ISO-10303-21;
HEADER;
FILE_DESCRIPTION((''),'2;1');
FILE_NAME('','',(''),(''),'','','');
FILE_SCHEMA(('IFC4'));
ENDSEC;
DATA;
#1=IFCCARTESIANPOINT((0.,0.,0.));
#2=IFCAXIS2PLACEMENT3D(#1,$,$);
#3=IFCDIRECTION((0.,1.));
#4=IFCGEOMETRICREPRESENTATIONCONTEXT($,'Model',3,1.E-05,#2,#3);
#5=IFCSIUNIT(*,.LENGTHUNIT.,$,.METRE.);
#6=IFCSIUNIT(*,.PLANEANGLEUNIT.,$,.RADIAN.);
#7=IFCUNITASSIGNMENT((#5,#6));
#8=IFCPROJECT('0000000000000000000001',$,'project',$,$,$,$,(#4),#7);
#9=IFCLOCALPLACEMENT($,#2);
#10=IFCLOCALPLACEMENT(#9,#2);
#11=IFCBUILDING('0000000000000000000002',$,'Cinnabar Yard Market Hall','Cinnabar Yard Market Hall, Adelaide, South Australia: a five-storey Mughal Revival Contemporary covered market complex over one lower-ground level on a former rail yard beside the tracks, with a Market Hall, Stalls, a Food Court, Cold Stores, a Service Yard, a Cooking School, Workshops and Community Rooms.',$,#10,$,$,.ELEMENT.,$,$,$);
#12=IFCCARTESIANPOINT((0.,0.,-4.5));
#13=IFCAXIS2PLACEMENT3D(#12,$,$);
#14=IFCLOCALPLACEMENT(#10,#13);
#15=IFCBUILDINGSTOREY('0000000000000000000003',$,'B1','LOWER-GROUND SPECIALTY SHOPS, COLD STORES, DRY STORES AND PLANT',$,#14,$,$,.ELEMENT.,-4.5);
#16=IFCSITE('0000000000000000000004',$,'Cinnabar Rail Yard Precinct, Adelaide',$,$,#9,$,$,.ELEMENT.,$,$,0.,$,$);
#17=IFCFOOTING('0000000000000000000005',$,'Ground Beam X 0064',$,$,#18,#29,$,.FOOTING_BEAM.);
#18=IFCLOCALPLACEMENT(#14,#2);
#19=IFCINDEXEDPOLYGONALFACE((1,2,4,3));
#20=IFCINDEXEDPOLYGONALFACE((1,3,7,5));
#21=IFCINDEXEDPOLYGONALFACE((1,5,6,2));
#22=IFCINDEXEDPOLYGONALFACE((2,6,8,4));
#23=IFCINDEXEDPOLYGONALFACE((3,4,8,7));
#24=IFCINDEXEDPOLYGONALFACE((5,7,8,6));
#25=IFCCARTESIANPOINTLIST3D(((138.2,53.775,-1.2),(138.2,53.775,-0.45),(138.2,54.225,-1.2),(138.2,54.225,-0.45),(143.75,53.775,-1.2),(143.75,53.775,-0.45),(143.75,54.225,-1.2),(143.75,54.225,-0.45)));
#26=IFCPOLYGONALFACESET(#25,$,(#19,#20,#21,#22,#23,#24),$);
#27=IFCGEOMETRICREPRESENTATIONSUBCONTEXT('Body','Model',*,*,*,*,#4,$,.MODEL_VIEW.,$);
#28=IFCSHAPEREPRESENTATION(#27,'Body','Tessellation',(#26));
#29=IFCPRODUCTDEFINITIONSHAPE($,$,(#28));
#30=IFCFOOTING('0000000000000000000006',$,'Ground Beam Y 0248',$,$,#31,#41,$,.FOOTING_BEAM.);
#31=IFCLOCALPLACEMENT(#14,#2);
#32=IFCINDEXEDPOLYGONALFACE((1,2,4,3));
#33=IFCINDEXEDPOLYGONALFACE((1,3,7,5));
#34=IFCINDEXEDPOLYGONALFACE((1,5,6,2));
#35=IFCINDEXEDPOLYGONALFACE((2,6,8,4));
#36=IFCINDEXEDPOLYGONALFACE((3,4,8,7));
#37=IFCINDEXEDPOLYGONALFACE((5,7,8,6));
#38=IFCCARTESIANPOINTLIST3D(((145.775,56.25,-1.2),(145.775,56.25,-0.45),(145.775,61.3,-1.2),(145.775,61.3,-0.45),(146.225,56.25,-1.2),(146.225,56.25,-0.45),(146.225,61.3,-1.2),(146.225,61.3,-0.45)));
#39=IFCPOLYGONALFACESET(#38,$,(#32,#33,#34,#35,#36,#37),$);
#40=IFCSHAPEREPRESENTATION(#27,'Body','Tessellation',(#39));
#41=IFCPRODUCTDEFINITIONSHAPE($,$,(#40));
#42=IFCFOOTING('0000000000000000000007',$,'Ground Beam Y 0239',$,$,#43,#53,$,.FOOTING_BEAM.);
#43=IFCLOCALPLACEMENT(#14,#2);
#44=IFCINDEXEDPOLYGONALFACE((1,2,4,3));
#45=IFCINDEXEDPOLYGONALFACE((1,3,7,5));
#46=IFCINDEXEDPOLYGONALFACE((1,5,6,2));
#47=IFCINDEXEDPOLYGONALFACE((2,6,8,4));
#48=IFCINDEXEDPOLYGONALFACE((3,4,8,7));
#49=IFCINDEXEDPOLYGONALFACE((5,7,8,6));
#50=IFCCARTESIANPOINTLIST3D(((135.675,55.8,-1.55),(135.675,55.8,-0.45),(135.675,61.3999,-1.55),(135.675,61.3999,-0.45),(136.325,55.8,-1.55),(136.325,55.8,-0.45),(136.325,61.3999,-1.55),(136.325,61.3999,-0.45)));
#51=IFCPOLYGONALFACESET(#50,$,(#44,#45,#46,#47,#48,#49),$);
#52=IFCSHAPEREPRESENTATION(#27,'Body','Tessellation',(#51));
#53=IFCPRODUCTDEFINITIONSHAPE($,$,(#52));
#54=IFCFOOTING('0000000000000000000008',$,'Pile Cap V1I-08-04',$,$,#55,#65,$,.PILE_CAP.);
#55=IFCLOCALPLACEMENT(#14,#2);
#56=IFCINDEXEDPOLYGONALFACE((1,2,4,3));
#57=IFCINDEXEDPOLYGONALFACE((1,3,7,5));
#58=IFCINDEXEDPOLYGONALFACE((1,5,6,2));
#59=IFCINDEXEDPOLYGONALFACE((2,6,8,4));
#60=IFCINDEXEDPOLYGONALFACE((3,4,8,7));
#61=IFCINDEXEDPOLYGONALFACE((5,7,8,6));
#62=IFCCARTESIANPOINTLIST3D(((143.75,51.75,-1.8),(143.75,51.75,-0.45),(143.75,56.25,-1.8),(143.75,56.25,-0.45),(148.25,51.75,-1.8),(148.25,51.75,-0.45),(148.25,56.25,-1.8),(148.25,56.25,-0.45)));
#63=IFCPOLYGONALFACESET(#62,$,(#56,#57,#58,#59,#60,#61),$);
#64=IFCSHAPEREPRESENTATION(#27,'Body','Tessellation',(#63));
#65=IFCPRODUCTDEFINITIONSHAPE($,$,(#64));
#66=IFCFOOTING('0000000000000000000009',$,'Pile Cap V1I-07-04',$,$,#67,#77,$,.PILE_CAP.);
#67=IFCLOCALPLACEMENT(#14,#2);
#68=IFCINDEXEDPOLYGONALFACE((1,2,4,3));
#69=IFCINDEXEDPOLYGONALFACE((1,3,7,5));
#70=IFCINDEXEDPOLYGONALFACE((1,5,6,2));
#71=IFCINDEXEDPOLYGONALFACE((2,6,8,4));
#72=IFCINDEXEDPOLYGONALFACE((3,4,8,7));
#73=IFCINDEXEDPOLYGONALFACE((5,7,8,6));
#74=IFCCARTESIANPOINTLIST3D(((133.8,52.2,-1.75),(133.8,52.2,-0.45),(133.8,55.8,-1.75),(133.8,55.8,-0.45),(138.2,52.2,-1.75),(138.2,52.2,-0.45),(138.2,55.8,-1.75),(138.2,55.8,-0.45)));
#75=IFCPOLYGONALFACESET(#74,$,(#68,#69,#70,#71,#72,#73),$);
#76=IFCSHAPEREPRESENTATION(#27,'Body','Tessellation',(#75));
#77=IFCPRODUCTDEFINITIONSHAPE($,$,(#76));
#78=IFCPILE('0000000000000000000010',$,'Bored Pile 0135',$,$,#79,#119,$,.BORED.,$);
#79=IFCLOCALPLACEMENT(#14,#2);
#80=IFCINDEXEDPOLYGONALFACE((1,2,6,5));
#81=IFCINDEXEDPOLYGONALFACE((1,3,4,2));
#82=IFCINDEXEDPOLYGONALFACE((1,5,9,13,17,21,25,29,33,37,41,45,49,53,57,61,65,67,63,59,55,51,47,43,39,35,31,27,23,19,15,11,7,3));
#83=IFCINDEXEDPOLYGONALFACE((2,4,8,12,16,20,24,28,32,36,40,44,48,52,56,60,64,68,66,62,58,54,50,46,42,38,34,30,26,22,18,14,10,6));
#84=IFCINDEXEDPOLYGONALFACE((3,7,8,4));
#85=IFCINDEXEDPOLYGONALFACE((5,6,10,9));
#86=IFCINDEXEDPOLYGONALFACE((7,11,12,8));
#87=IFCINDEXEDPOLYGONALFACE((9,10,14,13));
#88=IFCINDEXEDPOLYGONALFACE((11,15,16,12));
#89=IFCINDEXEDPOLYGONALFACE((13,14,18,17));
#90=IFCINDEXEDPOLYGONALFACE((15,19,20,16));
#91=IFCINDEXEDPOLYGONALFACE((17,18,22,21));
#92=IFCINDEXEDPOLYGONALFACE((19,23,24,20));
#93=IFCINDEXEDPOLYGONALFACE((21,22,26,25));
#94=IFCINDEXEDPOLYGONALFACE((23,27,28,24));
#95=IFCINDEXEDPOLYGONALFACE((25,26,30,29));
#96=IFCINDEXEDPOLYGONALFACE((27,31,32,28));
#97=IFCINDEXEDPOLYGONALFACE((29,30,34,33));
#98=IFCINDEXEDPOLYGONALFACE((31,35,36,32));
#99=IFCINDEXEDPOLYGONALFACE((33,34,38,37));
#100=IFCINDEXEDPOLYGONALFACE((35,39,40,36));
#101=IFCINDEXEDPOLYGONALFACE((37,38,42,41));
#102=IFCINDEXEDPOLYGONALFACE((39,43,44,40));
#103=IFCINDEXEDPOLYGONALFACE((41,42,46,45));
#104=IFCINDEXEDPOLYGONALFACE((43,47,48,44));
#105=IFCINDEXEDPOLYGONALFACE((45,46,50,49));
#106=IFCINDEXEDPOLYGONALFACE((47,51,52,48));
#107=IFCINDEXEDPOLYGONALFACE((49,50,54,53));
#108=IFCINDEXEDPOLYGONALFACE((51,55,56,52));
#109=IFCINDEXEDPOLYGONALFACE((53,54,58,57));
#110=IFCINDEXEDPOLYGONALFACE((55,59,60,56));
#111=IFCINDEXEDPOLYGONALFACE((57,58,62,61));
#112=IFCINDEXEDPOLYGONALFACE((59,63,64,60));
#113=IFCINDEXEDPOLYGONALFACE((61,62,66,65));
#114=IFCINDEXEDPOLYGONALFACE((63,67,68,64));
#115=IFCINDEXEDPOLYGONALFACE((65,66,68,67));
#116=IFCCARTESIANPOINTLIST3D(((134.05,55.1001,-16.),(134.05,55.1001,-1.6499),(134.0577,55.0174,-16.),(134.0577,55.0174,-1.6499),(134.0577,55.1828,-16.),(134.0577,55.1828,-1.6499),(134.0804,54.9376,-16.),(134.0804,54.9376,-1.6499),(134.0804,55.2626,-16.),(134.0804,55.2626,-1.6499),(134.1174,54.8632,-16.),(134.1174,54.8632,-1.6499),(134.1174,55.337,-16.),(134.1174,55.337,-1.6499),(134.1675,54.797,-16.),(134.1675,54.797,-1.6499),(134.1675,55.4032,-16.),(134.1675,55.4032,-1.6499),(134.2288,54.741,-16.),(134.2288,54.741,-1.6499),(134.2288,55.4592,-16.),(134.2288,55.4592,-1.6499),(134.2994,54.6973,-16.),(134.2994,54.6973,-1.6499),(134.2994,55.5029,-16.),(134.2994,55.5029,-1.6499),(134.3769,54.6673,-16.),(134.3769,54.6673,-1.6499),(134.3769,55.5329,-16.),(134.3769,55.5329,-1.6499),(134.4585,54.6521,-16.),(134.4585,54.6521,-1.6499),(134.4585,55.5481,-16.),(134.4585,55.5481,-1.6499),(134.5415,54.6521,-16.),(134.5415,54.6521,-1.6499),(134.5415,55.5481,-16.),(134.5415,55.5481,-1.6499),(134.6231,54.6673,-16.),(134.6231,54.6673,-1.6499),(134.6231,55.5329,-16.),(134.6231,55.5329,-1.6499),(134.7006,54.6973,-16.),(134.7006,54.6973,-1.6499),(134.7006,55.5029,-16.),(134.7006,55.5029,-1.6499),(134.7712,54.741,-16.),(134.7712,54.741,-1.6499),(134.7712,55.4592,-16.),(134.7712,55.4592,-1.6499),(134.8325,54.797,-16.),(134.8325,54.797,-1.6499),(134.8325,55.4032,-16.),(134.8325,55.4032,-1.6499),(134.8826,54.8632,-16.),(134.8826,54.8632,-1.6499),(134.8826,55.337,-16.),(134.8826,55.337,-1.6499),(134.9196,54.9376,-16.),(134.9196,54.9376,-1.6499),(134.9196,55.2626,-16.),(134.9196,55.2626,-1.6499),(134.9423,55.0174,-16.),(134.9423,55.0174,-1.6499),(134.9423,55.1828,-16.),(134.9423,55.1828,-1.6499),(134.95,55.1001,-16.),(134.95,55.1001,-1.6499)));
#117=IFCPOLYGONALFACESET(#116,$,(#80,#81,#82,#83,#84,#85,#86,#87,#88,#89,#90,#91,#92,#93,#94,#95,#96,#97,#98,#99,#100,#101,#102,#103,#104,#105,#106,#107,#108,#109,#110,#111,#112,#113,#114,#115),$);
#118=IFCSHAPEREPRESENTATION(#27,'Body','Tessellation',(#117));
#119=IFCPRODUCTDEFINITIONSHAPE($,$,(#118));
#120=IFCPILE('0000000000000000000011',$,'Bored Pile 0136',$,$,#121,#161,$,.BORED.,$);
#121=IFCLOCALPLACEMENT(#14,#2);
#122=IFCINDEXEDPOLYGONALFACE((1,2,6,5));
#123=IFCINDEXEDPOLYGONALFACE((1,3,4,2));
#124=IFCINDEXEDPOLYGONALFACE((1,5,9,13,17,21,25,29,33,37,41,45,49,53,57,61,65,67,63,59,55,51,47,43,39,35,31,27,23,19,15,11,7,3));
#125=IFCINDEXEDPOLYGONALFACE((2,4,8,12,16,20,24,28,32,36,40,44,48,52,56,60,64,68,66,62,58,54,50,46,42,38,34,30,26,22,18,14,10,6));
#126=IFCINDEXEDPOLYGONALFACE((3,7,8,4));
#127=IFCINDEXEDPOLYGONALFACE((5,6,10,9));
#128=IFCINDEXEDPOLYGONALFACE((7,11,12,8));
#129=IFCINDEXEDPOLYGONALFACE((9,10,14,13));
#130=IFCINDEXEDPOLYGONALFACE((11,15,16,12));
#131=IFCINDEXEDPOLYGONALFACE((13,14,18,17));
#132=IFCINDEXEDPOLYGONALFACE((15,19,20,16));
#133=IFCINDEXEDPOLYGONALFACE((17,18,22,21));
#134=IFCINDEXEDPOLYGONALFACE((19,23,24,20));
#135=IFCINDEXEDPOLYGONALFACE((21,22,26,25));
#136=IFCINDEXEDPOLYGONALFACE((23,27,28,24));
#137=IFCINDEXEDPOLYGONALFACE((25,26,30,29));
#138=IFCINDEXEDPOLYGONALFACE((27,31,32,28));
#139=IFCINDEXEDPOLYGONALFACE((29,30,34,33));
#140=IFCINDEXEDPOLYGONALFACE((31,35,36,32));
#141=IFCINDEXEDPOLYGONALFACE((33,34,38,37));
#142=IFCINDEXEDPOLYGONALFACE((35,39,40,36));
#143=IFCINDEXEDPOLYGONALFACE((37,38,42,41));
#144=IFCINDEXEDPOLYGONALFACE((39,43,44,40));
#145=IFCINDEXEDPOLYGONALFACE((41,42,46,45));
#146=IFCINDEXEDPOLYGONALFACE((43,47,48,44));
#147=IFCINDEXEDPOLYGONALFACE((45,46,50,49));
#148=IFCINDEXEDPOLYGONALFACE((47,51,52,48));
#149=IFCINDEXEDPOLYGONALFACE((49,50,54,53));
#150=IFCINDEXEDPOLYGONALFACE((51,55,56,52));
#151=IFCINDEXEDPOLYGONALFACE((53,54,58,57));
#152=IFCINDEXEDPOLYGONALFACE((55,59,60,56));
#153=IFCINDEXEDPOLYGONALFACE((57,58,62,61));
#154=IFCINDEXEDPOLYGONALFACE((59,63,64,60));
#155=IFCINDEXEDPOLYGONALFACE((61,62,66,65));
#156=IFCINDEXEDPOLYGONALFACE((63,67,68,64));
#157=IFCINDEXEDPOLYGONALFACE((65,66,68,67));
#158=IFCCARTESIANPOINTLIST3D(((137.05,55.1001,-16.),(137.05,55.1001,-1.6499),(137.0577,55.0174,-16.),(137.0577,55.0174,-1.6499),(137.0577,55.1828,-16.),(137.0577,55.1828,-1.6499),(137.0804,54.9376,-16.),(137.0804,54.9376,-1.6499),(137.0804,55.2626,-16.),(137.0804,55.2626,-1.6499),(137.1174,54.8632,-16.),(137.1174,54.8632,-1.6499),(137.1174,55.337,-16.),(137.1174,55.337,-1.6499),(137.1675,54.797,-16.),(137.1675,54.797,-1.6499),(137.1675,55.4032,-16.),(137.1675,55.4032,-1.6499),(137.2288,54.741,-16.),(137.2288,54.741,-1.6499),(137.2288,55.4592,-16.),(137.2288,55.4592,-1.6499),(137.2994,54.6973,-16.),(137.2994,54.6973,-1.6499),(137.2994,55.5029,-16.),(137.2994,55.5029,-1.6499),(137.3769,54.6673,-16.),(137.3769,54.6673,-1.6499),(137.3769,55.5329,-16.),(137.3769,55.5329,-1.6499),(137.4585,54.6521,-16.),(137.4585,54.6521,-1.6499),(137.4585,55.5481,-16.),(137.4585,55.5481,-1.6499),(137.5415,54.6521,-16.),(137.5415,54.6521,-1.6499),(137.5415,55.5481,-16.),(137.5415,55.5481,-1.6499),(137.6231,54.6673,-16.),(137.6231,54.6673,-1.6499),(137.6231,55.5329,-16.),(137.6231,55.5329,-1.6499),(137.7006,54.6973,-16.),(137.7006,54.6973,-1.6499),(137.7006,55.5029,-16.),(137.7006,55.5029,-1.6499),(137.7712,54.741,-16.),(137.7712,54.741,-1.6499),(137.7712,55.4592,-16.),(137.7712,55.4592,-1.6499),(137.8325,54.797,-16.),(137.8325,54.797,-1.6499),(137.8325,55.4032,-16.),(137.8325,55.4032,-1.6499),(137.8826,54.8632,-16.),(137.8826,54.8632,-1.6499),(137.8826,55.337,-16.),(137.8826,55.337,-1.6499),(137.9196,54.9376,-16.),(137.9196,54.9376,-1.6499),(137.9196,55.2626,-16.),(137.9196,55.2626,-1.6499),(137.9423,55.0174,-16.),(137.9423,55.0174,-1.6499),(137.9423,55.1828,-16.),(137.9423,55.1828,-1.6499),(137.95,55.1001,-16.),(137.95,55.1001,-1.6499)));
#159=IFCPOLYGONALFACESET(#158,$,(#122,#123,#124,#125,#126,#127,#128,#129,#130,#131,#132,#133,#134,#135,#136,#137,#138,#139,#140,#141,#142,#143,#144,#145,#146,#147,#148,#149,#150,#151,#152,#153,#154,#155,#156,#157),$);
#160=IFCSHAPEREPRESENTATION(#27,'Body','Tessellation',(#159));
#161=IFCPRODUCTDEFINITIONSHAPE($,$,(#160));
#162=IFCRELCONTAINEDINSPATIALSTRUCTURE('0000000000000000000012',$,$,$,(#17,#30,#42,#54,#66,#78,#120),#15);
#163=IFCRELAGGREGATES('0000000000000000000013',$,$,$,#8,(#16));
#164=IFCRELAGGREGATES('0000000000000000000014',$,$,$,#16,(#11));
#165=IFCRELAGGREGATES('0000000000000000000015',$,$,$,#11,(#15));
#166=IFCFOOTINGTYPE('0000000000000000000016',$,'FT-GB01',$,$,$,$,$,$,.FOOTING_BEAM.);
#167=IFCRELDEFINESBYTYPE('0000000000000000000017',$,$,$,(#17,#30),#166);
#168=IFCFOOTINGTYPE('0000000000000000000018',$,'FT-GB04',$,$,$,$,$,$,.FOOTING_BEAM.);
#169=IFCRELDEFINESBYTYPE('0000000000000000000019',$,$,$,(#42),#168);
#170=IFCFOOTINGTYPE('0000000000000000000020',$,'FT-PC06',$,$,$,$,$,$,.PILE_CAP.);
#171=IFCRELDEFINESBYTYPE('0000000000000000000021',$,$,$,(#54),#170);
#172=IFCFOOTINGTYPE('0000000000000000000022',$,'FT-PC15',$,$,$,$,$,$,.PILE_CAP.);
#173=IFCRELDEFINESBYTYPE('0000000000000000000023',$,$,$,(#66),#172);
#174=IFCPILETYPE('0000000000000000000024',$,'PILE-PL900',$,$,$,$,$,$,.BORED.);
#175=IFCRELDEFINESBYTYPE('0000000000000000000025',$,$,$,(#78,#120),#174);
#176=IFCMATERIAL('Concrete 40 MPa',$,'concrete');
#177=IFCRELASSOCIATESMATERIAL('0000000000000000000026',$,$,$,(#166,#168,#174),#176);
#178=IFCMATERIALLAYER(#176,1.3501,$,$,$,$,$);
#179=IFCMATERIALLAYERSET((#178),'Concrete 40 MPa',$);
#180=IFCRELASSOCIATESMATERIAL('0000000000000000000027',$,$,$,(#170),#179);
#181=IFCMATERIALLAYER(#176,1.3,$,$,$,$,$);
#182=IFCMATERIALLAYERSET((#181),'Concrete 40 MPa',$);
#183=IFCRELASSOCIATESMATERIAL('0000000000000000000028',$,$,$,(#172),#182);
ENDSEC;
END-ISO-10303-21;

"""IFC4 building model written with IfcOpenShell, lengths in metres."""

from ifc_helpers import new_model, si_unit, direction, frame, origin, origin_2d_with_axis, place, context, subcontext, project, spatial, rectangle, circle, extrude, material, layer, layer_set, material_profile, profile_set, type_object, element, save


model = new_model("IFC4")

# Units and contexts
model_context = context("Model", 3, precision=1e-05, world=origin(), true_north=direction((0.0, 1.0)))
body_context = subcontext(model_context, "Body", "Model", "MODEL_VIEW")
ifc_project = project(units=[si_unit("LENGTHUNIT", "METRE"), si_unit("PLANEANGLEUNIT", "RADIAN")], contexts=[model_context])

# Site, building, storey
site_placement = place(None, origin())
site = spatial("IfcSite", under=ifc_project, at=site_placement, Name="Cinnabar Rail Yard Precinct, Adelaide", CompositionType="ELEMENT", RefElevation=0.0)
building_placement = place(site_placement, origin())
building = spatial("IfcBuilding", under=site, at=building_placement, Name="Cinnabar Yard Market Hall", Description="Cinnabar Yard Market Hall, Adelaide, South Australia: a five-storey Mughal Revival Contemporary covered market complex over one lower-ground level on a former rail yard beside the tracks, with a Market Hall, Stalls, a Food Court, Cold Stores, a Service Yard, a Cooking School, Workshops and Community Rooms.", CompositionType="ELEMENT")
storey_placement = place(building_placement, frame((0.0, 0.0, -4.5)))
storey = spatial("IfcBuildingStorey", under=building, at=storey_placement, Name="B1", Description="LOWER-GROUND SPECIALTY SHOPS, COLD STORES, DRY STORES AND PLANT", CompositionType="ELEMENT", Elevation=-4.5)

# Footings
ifc_material_1 = material(Name="Concrete 40 MPa", Category="concrete")
ifc_material_profile_1 = material_profile(ifc_material_1, rectangle(XDim=0.45, YDim=0.75, at=origin_2d_with_axis()), Name="GB-450x750")
ifc_profile_set_1 = profile_set([ifc_material_profile_1], Name="Concrete 40 MPa")
footing_type_1 = type_object("IfcFootingType", Name="FT-GB01", PredefinedType="FOOTING_BEAM", material=ifc_profile_set_1)
footing_1_placement = place(storey_placement, frame((138.2, 54.0, -0.825), z_axis=(1.0, 0.0, 0.0), x_axis=(0.0, 1.0, 0.0)))
element("IfcFooting", 1, at=footing_1_placement, inside=storey, type_object=footing_type_1, Name="Ground Beam X 0064", PredefinedType="FOOTING_BEAM", context=body_context, shape_type="SweptSolid", body=[
    extrude(rectangle(XDim=0.45, YDim=0.75, at=origin_2d_with_axis()), origin(), (0.0, 0.0, 1.0), 5.55),
])
footing_2_placement = place(storey_placement, frame((146.0, 56.25, -0.825), z_axis=(0.0, 1.0, 0.0), x_axis=(-1.0, 0.0, 0.0)))
element("IfcFooting", 2, at=footing_2_placement, inside=storey, type_object=footing_type_1, Name="Ground Beam Y 0248", PredefinedType="FOOTING_BEAM", context=body_context, shape_type="SweptSolid", body=[
    extrude(rectangle(XDim=0.45, YDim=0.75, at=origin_2d_with_axis()), origin(), (0.0, 0.0, 1.0), 5.05),
])
ifc_material_profile_2 = material_profile(ifc_material_1, rectangle(XDim=0.6499, YDim=1.1001, at=origin_2d_with_axis()), Name="GB-650x1100")
ifc_profile_set_2 = profile_set([ifc_material_profile_2], Name="Concrete 40 MPa")
footing_type_2 = type_object("IfcFootingType", Name="FT-GB04", PredefinedType="FOOTING_BEAM", material=ifc_profile_set_2)
footing_3_placement = place(storey_placement, frame((136.0, 55.8, -1.0), z_axis=(0.0, 1.0, 0.0), x_axis=(-1.0, 0.0, 0.0)))
element("IfcFooting", 3, at=footing_3_placement, inside=storey, type_object=footing_type_2, Name="Ground Beam Y 0239", PredefinedType="FOOTING_BEAM", context=body_context, shape_type="SweptSolid", body=[
    extrude(rectangle(XDim=0.6499, YDim=1.1001, at=origin_2d_with_axis()), origin(), (0.0, 0.0, 1.0), 5.5999),
])
ifc_layer_1 = layer(ifc_material_1, 1.3501)
ifc_layer_set_1 = layer_set([ifc_layer_1], Name="Concrete 40 MPa")
footing_type_3 = type_object("IfcFootingType", Name="FT-PC06", PredefinedType="PILE_CAP", material=ifc_layer_set_1)
footing_4_placement = place(storey_placement, frame((146.0, 54.0, -1.8), z_axis=(0.0, 0.0, 1.0), x_axis=(1.0, 0.0, 0.0)))
element("IfcFooting", 4, at=footing_4_placement, inside=storey, type_object=footing_type_3, Name="Pile Cap V1I-08-04", PredefinedType="PILE_CAP", context=body_context, shape_type="SweptSolid", body=[
    extrude(rectangle(XDim=4.5, YDim=4.5, at=origin_2d_with_axis()), origin(), (0.0, 0.0, 1.0), 1.3501),
])
ifc_layer_2 = layer(ifc_material_1, 1.3)
ifc_layer_set_2 = layer_set([ifc_layer_2], Name="Concrete 40 MPa")
footing_type_4 = type_object("IfcFootingType", Name="FT-PC15", PredefinedType="PILE_CAP", material=ifc_layer_set_2)
footing_5_placement = place(storey_placement, frame((136.0, 54.0, -1.75), z_axis=(0.0, 0.0, 1.0), x_axis=(1.0, 0.0, 0.0)))
element("IfcFooting", 5, at=footing_5_placement, inside=storey, type_object=footing_type_4, Name="Pile Cap V1I-07-04", PredefinedType="PILE_CAP", context=body_context, shape_type="SweptSolid", body=[
    extrude(rectangle(XDim=4.3999, YDim=3.6001, at=origin_2d_with_axis()), origin(), (0.0, 0.0, 1.0), 1.3),
])

# Piles
ifc_material_profile_3 = material_profile(ifc_material_1, circle(Radius=0.45, at=origin_2d_with_axis()), Name="PILE-D900")
ifc_profile_set_3 = profile_set([ifc_material_profile_3], Name="Concrete 40 MPa")
pile_type = type_object("IfcPileType", Name="PILE-PL900", PredefinedType="BORED", material=ifc_profile_set_3)
for number, where, z_axis, x_axis, name in (
    (6, (134.5, 55.1001, -1.6499), (0.0, 0.0, -1.0), (1.0, 0.0, 0.0), "Bored Pile 0135"),
    (7, (137.5, 55.1001, -1.6499), (0.0, 0.0, -1.0), (1.0, 0.0, 0.0), "Bored Pile 0136"),
):
    element("IfcPile", number, at=place(storey_placement, frame(where, z_axis=z_axis, x_axis=x_axis)), inside=storey, type_object=pile_type, Name=name, PredefinedType="BORED", context=body_context, shape_type="SweptSolid", body=[
        extrude(circle(Radius=0.45, at=origin_2d_with_axis()), origin(), (0.0, 0.0, 1.0), 14.3501),
    ])

save(model, "model.ifc")
